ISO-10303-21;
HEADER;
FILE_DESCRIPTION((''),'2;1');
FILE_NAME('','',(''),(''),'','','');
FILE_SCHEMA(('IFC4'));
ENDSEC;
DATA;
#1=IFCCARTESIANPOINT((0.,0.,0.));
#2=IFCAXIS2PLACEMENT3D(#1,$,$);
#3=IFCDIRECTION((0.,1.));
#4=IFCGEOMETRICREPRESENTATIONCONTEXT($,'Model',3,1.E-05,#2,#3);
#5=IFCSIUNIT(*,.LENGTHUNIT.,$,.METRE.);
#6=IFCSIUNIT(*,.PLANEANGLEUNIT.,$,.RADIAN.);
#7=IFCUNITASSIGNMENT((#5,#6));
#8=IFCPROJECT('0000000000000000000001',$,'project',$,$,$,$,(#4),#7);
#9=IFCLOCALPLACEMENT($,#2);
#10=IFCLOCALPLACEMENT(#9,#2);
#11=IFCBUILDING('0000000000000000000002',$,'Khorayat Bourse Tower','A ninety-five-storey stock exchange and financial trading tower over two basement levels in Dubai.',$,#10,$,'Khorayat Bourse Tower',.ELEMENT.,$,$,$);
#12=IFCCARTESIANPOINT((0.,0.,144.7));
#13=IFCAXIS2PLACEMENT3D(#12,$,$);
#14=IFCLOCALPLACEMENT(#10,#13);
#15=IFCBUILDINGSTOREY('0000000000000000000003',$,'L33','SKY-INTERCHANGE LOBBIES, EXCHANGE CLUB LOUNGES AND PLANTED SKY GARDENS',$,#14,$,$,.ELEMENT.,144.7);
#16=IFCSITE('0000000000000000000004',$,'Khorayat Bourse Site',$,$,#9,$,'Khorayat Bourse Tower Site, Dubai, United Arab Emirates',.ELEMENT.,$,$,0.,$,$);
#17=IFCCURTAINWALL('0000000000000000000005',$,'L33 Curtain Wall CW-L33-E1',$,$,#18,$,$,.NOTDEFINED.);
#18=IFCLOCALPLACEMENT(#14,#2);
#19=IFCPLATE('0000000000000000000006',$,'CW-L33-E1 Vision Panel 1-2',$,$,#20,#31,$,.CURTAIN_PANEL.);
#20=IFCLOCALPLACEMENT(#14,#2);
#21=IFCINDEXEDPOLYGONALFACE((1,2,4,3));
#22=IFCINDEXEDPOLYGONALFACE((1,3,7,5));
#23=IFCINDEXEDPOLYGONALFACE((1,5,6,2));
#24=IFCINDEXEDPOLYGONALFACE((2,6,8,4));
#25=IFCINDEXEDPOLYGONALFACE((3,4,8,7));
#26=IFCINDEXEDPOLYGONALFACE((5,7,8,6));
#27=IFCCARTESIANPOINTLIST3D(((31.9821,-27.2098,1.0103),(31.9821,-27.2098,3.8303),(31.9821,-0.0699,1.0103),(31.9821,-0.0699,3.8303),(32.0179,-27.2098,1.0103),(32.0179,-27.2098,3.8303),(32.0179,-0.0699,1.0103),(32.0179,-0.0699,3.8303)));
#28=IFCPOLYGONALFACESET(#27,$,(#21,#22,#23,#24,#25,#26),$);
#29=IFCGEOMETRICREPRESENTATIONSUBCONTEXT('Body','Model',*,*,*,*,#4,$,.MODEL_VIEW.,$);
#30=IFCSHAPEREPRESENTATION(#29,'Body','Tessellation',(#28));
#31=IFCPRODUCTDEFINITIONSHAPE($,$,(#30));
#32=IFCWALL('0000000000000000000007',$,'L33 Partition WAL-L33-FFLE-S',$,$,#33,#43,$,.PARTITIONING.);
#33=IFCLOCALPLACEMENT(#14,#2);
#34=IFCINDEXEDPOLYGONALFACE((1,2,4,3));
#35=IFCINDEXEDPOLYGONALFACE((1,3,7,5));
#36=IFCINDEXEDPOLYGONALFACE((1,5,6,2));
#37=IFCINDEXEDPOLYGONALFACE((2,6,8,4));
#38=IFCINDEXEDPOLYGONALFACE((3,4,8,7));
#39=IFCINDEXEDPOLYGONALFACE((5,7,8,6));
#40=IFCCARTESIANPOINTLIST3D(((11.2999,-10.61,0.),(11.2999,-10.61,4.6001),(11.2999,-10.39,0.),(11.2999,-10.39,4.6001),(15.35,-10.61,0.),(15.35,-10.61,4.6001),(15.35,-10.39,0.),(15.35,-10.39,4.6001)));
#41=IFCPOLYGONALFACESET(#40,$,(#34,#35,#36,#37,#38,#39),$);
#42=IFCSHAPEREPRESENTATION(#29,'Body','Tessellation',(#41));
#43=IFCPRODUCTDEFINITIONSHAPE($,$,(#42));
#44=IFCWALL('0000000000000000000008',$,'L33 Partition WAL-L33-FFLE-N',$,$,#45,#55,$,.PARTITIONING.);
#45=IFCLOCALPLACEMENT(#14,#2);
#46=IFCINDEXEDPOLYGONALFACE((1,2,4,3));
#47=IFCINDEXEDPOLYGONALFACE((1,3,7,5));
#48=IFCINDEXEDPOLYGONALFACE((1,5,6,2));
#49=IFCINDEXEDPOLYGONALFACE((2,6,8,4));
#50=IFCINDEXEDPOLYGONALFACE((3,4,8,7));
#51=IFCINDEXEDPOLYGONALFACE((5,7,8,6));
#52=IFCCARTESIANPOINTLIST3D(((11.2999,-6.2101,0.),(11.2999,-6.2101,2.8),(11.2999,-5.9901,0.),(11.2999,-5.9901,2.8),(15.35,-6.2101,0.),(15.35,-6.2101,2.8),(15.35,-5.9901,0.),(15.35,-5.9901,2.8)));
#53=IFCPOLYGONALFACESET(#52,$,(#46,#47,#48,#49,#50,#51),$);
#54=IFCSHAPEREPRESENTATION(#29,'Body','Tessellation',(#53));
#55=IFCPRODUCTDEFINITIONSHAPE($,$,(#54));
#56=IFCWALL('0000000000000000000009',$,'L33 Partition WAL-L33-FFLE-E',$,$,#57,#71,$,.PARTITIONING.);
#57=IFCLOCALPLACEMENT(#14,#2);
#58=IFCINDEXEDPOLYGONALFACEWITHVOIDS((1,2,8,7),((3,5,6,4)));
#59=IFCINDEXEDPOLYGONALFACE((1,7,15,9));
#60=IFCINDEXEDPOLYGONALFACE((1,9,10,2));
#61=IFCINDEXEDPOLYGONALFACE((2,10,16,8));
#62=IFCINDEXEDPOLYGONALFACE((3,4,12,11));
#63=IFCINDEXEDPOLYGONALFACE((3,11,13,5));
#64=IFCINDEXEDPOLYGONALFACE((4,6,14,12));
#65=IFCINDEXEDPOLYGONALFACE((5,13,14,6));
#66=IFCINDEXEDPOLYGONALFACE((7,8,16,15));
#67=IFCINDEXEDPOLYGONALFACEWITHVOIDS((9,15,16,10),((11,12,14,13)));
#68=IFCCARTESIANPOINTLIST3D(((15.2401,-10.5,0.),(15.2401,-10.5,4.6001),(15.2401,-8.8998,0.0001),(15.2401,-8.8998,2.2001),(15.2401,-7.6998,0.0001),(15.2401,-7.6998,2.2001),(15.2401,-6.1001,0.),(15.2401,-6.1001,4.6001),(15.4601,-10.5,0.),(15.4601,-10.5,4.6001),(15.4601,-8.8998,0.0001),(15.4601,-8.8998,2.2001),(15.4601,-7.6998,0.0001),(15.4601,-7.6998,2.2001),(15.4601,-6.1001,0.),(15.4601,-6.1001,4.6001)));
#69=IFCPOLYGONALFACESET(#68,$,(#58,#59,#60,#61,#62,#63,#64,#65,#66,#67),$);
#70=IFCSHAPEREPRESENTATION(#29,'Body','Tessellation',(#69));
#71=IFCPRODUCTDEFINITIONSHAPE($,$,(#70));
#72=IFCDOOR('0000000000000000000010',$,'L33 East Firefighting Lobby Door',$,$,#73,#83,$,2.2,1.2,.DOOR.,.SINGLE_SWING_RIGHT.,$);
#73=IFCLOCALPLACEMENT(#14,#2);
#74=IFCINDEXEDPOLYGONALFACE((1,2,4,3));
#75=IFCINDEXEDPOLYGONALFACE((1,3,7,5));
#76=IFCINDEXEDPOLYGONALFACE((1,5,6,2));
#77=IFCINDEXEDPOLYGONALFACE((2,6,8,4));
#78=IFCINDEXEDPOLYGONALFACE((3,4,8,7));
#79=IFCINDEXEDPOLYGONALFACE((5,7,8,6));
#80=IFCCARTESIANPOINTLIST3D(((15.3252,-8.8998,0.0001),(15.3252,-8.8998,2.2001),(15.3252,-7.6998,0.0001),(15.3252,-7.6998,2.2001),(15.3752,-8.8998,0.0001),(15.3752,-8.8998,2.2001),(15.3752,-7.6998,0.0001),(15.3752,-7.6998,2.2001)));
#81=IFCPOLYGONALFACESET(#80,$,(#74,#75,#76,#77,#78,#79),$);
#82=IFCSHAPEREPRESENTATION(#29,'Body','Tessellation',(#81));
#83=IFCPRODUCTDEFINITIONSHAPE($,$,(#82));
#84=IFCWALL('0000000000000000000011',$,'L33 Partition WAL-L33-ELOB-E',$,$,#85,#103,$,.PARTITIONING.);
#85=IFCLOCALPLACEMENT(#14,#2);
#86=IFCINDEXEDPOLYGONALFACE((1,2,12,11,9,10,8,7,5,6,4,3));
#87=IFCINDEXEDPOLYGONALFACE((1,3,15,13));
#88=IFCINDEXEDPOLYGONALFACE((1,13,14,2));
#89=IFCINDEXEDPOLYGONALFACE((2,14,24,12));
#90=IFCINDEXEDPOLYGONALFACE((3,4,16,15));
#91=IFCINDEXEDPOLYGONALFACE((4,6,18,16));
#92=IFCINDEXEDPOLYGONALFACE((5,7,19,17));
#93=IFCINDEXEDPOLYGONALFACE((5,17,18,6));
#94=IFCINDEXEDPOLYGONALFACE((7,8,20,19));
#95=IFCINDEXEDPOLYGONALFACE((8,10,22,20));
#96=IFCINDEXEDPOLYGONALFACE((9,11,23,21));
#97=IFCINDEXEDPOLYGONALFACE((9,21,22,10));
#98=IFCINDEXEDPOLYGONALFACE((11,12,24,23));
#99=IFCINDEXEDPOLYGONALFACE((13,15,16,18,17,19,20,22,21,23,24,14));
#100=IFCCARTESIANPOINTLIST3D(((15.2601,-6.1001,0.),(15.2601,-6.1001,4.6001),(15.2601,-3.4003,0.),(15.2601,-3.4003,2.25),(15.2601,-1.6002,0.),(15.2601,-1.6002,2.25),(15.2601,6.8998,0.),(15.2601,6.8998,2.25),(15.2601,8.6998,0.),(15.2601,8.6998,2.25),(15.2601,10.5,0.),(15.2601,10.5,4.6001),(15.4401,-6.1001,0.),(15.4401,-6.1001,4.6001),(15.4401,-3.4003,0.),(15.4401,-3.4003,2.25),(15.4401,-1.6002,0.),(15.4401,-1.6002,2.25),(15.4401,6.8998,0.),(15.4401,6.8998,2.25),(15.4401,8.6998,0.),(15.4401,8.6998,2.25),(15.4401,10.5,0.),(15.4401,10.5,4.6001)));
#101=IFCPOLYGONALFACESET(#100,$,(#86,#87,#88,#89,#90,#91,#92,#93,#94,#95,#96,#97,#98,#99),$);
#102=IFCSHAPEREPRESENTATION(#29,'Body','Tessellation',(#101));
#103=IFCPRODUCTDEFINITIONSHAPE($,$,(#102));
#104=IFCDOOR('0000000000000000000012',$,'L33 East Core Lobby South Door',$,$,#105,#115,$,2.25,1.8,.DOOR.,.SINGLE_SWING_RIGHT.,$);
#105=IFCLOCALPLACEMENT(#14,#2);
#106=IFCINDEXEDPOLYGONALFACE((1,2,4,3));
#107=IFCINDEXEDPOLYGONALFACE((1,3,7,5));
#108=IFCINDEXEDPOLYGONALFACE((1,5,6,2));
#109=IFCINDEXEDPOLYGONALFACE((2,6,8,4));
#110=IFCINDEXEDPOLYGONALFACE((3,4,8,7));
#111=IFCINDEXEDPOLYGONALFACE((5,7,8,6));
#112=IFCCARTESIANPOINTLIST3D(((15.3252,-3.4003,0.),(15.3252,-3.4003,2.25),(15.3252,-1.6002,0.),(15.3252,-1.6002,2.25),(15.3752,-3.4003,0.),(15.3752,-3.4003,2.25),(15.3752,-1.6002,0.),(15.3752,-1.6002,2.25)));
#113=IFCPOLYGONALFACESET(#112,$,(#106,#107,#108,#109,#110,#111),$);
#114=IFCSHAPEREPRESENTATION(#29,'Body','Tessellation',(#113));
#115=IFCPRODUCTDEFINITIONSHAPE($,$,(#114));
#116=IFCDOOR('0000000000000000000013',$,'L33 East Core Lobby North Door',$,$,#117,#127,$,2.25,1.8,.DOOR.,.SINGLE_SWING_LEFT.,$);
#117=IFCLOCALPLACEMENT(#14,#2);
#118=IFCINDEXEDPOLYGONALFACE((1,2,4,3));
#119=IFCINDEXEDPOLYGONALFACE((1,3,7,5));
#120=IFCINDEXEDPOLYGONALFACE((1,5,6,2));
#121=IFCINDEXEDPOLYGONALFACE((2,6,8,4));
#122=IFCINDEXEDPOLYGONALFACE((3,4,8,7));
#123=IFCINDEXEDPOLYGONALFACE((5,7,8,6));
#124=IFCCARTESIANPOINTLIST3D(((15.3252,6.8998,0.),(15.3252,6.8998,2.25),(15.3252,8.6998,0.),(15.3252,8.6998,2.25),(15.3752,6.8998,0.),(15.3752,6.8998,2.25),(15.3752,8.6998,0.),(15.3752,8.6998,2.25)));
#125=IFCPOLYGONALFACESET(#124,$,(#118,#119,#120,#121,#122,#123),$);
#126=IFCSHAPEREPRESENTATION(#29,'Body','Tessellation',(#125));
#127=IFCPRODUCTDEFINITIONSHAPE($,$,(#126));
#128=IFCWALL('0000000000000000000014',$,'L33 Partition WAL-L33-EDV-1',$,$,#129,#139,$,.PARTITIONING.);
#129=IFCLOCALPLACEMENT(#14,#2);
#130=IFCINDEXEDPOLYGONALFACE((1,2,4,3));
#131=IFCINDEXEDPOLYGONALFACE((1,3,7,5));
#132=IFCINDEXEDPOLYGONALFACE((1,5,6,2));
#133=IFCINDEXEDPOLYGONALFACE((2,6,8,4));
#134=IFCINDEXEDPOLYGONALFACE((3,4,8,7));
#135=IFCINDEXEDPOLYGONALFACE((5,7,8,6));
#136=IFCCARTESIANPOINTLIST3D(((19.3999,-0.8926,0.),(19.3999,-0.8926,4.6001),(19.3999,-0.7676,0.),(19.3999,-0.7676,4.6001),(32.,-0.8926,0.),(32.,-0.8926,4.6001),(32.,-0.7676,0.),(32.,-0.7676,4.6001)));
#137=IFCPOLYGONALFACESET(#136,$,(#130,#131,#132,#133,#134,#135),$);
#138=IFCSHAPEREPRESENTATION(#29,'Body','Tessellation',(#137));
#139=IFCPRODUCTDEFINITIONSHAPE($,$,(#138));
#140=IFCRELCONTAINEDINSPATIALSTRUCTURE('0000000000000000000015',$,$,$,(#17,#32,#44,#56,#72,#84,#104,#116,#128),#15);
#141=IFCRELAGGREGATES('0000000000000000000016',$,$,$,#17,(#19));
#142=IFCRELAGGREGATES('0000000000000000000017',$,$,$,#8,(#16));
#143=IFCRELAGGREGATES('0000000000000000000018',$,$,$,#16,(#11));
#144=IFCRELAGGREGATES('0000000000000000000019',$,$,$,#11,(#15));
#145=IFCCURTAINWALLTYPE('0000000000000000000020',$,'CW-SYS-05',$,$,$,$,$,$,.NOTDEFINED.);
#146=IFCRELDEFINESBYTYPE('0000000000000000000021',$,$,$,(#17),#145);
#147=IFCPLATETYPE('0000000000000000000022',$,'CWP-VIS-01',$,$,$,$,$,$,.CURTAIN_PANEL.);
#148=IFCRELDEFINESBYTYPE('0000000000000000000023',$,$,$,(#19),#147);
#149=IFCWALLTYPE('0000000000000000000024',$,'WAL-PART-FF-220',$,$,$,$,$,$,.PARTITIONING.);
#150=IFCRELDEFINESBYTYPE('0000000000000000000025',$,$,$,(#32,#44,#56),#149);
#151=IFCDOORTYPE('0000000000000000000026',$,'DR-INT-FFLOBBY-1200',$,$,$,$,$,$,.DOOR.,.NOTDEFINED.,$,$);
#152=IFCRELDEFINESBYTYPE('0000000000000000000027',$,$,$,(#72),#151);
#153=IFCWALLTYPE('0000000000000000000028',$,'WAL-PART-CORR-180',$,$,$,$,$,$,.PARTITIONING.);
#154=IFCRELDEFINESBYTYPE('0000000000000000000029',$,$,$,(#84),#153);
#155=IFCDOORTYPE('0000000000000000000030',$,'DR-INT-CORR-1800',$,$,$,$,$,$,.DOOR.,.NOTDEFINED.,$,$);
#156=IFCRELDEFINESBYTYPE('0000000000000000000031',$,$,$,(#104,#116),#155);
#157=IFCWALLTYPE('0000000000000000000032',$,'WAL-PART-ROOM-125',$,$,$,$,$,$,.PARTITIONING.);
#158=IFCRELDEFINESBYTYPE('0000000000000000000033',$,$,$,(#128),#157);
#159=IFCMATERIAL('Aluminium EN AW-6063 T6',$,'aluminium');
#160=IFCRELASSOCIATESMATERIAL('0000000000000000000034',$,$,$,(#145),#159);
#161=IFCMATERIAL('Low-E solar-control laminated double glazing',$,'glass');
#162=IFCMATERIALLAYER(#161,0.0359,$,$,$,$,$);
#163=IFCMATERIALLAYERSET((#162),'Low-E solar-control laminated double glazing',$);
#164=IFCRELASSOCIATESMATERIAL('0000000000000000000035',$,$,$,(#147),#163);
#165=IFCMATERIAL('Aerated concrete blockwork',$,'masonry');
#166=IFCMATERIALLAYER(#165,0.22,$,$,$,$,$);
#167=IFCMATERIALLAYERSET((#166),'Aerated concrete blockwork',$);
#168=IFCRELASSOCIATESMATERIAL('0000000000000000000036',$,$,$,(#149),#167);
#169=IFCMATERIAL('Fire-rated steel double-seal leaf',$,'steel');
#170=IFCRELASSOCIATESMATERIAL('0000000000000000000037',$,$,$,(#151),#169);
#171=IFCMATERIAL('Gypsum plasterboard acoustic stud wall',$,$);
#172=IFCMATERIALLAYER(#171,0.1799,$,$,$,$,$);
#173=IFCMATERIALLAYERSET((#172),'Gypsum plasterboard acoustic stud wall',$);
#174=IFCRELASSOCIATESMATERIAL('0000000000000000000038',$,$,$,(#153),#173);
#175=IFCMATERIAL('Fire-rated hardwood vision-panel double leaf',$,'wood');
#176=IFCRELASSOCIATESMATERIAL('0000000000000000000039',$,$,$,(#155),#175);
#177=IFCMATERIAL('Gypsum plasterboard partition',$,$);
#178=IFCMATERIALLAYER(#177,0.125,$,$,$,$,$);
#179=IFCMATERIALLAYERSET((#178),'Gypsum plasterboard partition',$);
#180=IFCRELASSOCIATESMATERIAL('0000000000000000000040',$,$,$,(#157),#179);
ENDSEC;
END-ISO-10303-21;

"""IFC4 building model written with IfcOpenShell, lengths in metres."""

from ifc_helpers import new_model, si_unit, direction, frame, frame_2d, origin, origin_2d, place, context, subcontext, project, spatial, rectangle, extrude, source, transform, mapped, material, layer, layer_set, type_object, element, fill, aggregate, save


model = new_model("IFC4")

# Units and contexts
model_context = context("Model", 3, precision=1e-05, world=origin(), true_north=direction((0.0, 1.0)))
body_context = subcontext(model_context, "Body", "Model", "MODEL_VIEW")
ifc_project = project(units=[si_unit("LENGTHUNIT", "METRE"), si_unit("PLANEANGLEUNIT", "RADIAN")], contexts=[model_context])

# Site, building, storey
site_placement = place(None, origin())
site = spatial("IfcSite", under=ifc_project, at=site_placement, Name="Khorayat Bourse Site", LongName="Khorayat Bourse Tower Site, Dubai, United Arab Emirates", CompositionType="ELEMENT", RefElevation=0.0)
building_placement = place(site_placement, origin())
building = spatial("IfcBuilding", under=site, at=building_placement, Name="Khorayat Bourse Tower", Description="A ninety-five-storey stock exchange and financial trading tower over two basement levels in Dubai.", LongName="Khorayat Bourse Tower", CompositionType="ELEMENT")
storey_placement = place(building_placement, frame((0.0, 0.0, 144.7)))
storey = spatial("IfcBuildingStorey", under=building, at=storey_placement, Name="L33", Description="SKY-INTERCHANGE LOBBIES, EXCHANGE CLUB LOUNGES AND PLANTED SKY GARDENS", CompositionType="ELEMENT", Elevation=144.7)

# Curtain wall
ifc_material_1 = material(Name="Aluminium EN AW-6063 T6", Category="aluminium")
curtain_wall_type = type_object("IfcCurtainWallType", Name="CW-SYS-05", PredefinedType="NOTDEFINED", material=ifc_material_1)
curtain_wall_placement = place(storey_placement, origin())
curtain_wall = element("IfcCurtainWall", 1, at=curtain_wall_placement, inside=storey, type_object=curtain_wall_type, Name="L33 Curtain Wall CW-L33-E1", PredefinedType="NOTDEFINED")

# Plate
ifc_material_2 = material(Name="Low-E solar-control laminated double glazing", Category="glass")
ifc_layer_1 = layer(ifc_material_2, 0.0359)
ifc_layer_set_1 = layer_set([ifc_layer_1], Name="Low-E solar-control laminated double glazing")
plate_type_1 = type_object("IfcPlateType", Name="CWP-VIS-01", PredefinedType="CURTAIN_PANEL", material=ifc_layer_set_1)
shared_shape_1 = source(origin(), body_context, "Body", "SweptSolid", [
    extrude(rectangle(XDim=27.1399, YDim=0.0359, at=origin_2d()), origin(), (0.0, 0.0, 1.0), 2.8201),
])
plate_1_placement = place(storey_placement, frame((32.0, -13.6399, 1.0103), z_axis=(0.0, 0.0, 1.0), x_axis=(0.0, 1.0, 0.0)))
plate_1 = element("IfcPlate", 2, at=plate_1_placement, type_object=plate_type_1, Name="CW-L33-E1 Vision Panel 1-2", PredefinedType="CURTAIN_PANEL", context=body_context, shape_type="MappedRepresentation", body=[
    mapped(shared_shape_1, transform((0.0, 0.0, 0.0), scale=1.0)),
])
aggregate(curtain_wall, [plate_1])

# Walls
ifc_material_3 = material(Name="Aerated concrete blockwork", Category="masonry")
ifc_layer_2 = layer(ifc_material_3, 0.22)
ifc_layer_set_2 = layer_set([ifc_layer_2], Name="Aerated concrete blockwork")
wall_type_1 = type_object("IfcWallType", Name="WAL-PART-FF-220", PredefinedType="PARTITIONING", material=ifc_layer_set_2)
shared_shape_2 = source(origin(), body_context, "Body", "SweptSolid", [
    extrude(rectangle(XDim=4.05, YDim=0.22, at=frame_2d((2.0249, 0.0))), origin(), (0.0, 0.0, 1.0), 4.6001),
])
wall_1_placement = place(storey_placement, frame((11.3, -10.5, 0.0), z_axis=(0.0, 0.0, 1.0), x_axis=(1.0, 0.0, 0.0)))
element("IfcWall", 3, at=wall_1_placement, inside=storey, type_object=wall_type_1, Name="L33 Partition WAL-L33-FFLE-S", PredefinedType="PARTITIONING", context=body_context, shape_type="MappedRepresentation", body=[
    mapped(shared_shape_2, transform((0.0, 0.0, 0.0), scale=1.0)),
])
shared_shape_3 = source(origin(), body_context, "Body", "SweptSolid", [
    extrude(rectangle(XDim=4.05, YDim=0.22, at=frame_2d((2.0249, 0.0))), origin(), (0.0, 0.0, 1.0), 2.8),
])
wall_2_placement = place(storey_placement, frame((11.3, -6.1001, 0.0), z_axis=(0.0, 0.0, 1.0), x_axis=(1.0, 0.0, 0.0)))
element("IfcWall", 4, at=wall_2_placement, inside=storey, type_object=wall_type_1, Name="L33 Partition WAL-L33-FFLE-N", PredefinedType="PARTITIONING", context=body_context, shape_type="MappedRepresentation", body=[
    mapped(shared_shape_3, transform((0.0, 0.0, 0.0), scale=1.0)),
])

# Wall, opening, door
shared_shape_4 = source(origin(), body_context, "Body", "SweptSolid", [
    extrude(rectangle(XDim=4.3999, YDim=0.22, at=frame_2d((2.2, 0.0))), origin(), (0.0, 0.0, 1.0), 4.6001),
])
wall_3_placement = place(storey_placement, frame((15.3501, -10.5, 0.0), z_axis=(0.0, 0.0, 1.0), x_axis=(0.0, 1.0, 0.0)))
wall_3 = element("IfcWall", 5, at=wall_3_placement, inside=storey, type_object=wall_type_1, Name="L33 Partition WAL-L33-FFLE-E", PredefinedType="PARTITIONING", context=body_context, shape_type="MappedRepresentation", body=[
    mapped(shared_shape_4, transform((0.0, 0.0, 0.0), scale=1.0)),
])
shared_shape_5 = source(origin(), body_context, "Body", "SweptSolid", [
    extrude(rectangle(XDim=1.2, YDim=2.2, at=frame_2d((0.6001, 1.1001))), frame((0.0, 0.1199, 0.0), z_axis=(0.0, -1.0, 0.0), x_axis=(1.0, 0.0, 0.0)), (0.0, 0.0, 1.0), 0.24),
])
opening_1_placement = place(wall_3_placement, frame((1.6001, 0.0, 0.0)))
opening_1 = element("IfcOpeningElement", 6, at=opening_1_placement, cuts=wall_3, PredefinedType="OPENING", context=body_context, shape_type="MappedRepresentation", body=[
    mapped(shared_shape_5, transform((0.0, 0.0, 0.0), scale=1.0)),
])
ifc_material_4 = material(Name="Fire-rated steel double-seal leaf", Category="steel")
door_type_1 = type_object("IfcDoorType", Name="DR-INT-FFLOBBY-1200", OperationType="NOTDEFINED", PredefinedType="DOOR", material=ifc_material_4)
shared_shape_6 = source(origin(), body_context, "Body", "SweptSolid", [
    extrude(rectangle(XDim=1.2, YDim=2.2, at=frame_2d((0.6001, 1.1001))), frame((0.0, 0.0249, 0.0), z_axis=(0.0, -1.0, 0.0), x_axis=(1.0, 0.0, 0.0)), (0.0, 0.0, 1.0), 0.05),
])
door_1_placement = place(opening_1_placement, origin())
door_1 = element("IfcDoor", 7, at=door_1_placement, inside=storey, type_object=door_type_1, Name="L33 East Firefighting Lobby Door", OperationType="SINGLE_SWING_RIGHT", OverallHeight=2.2, OverallWidth=1.2, PredefinedType="DOOR", context=body_context, shape_type="MappedRepresentation", body=[
    mapped(shared_shape_6, transform((0.0, 0.0, 0.0), scale=1.0)),
])
fill(opening_1, door_1)

# Wall, openings, doors
ifc_material_5 = material(Name="Gypsum plasterboard acoustic stud wall")
ifc_layer_3 = layer(ifc_material_5, 0.1799)
ifc_layer_set_3 = layer_set([ifc_layer_3], Name="Gypsum plasterboard acoustic stud wall")
wall_type_2 = type_object("IfcWallType", Name="WAL-PART-CORR-180", PredefinedType="PARTITIONING", material=ifc_layer_set_3)
shared_shape_7 = source(origin(), body_context, "Body", "SweptSolid", [
    extrude(rectangle(XDim=16.6001, YDim=0.1799, at=frame_2d((8.3, 0.0))), origin(), (0.0, 0.0, 1.0), 4.6001),
])
wall_4_placement = place(storey_placement, frame((15.3501, -6.1001, 0.0), z_axis=(0.0, 0.0, 1.0), x_axis=(0.0, 1.0, 0.0)))
wall_4 = element("IfcWall", 8, at=wall_4_placement, inside=storey, type_object=wall_type_2, Name="L33 Partition WAL-L33-ELOB-E", PredefinedType="PARTITIONING", context=body_context, shape_type="MappedRepresentation", body=[
    mapped(shared_shape_7, transform((0.0, 0.0, 0.0), scale=1.0)),
])
shared_shape_8 = source(origin(), body_context, "Body", "SweptSolid", [
    extrude(rectangle(XDim=1.8, YDim=2.25, at=frame_2d((0.8999, 1.125))), frame((0.0, 0.0999, 0.0), z_axis=(0.0, -1.0, 0.0), x_axis=(1.0, 0.0, 0.0)), (0.0, 0.0, 1.0), 0.2),
])
opening_2_placement = place(wall_4_placement, frame((2.7, 0.0, 0.0)))
opening_2 = element("IfcOpeningElement", 9, at=opening_2_placement, cuts=wall_4, PredefinedType="OPENING", context=body_context, shape_type="MappedRepresentation", body=[
    mapped(shared_shape_8, transform((0.0, 0.0, 0.0), scale=1.0)),
])
opening_3_placement = place(wall_4_placement, frame((13.0, 0.0, 0.0)))
opening_3 = element("IfcOpeningElement", 10, at=opening_3_placement, cuts=wall_4, PredefinedType="OPENING", context=body_context, shape_type="MappedRepresentation", body=[
    mapped(shared_shape_8, transform((0.0, 0.0, 0.0), scale=1.0)),
])
ifc_material_6 = material(Name="Fire-rated hardwood vision-panel double leaf", Category="wood")
door_type_2 = type_object("IfcDoorType", Name="DR-INT-CORR-1800", OperationType="NOTDEFINED", PredefinedType="DOOR", material=ifc_material_6)
shared_shape_9 = source(origin(), body_context, "Body", "SweptSolid", [
    extrude(rectangle(XDim=1.8, YDim=2.25, at=frame_2d((0.8999, 1.125))), frame((0.0, 0.0249, 0.0), z_axis=(0.0, -1.0, 0.0), x_axis=(1.0, 0.0, 0.0)), (0.0, 0.0, 1.0), 0.05),
])
door_2_placement = place(opening_2_placement, origin())
door_2 = element("IfcDoor", 11, at=door_2_placement, inside=storey, type_object=door_type_2, Name="L33 East Core Lobby South Door", OperationType="SINGLE_SWING_RIGHT", OverallHeight=2.25, OverallWidth=1.8, PredefinedType="DOOR", context=body_context, shape_type="MappedRepresentation", body=[
    mapped(shared_shape_9, transform((0.0, 0.0, 0.0), scale=1.0)),
])
fill(opening_2, door_2)
door_3_placement = place(opening_3_placement, origin())
door_3 = element("IfcDoor", 12, at=door_3_placement, inside=storey, type_object=door_type_2, Name="L33 East Core Lobby North Door", OperationType="SINGLE_SWING_LEFT", OverallHeight=2.25, OverallWidth=1.8, PredefinedType="DOOR", context=body_context, shape_type="MappedRepresentation", body=[
    mapped(shared_shape_9, transform((0.0, 0.0, 0.0), scale=1.0)),
])
fill(opening_3, door_3)

# Wall
ifc_material_7 = material(Name="Gypsum plasterboard partition")
ifc_layer_4 = layer(ifc_material_7, 0.125)
ifc_layer_set_4 = layer_set([ifc_layer_4], Name="Gypsum plasterboard partition")
wall_type_3 = type_object("IfcWallType", Name="WAL-PART-ROOM-125", PredefinedType="PARTITIONING", material=ifc_layer_set_4)
shared_shape_10 = source(origin(), body_context, "Body", "SweptSolid", [
    extrude(rectangle(XDim=12.6001, YDim=0.125, at=frame_2d((6.3, 0.0))), origin(), (0.0, 0.0, 1.0), 4.6001),
])
wall_5_placement = place(storey_placement, frame((19.3999, -0.8301, 0.0), z_axis=(0.0, 0.0, 1.0), x_axis=(1.0, 0.0, 0.0)))
element("IfcWall", 13, at=wall_5_placement, inside=storey, type_object=wall_type_3, Name="L33 Partition WAL-L33-EDV-1", PredefinedType="PARTITIONING", context=body_context, shape_type="MappedRepresentation", body=[
    mapped(shared_shape_10, transform((0.0, 0.0, 0.0), scale=1.0)),
])

save(model, "model.ifc")
